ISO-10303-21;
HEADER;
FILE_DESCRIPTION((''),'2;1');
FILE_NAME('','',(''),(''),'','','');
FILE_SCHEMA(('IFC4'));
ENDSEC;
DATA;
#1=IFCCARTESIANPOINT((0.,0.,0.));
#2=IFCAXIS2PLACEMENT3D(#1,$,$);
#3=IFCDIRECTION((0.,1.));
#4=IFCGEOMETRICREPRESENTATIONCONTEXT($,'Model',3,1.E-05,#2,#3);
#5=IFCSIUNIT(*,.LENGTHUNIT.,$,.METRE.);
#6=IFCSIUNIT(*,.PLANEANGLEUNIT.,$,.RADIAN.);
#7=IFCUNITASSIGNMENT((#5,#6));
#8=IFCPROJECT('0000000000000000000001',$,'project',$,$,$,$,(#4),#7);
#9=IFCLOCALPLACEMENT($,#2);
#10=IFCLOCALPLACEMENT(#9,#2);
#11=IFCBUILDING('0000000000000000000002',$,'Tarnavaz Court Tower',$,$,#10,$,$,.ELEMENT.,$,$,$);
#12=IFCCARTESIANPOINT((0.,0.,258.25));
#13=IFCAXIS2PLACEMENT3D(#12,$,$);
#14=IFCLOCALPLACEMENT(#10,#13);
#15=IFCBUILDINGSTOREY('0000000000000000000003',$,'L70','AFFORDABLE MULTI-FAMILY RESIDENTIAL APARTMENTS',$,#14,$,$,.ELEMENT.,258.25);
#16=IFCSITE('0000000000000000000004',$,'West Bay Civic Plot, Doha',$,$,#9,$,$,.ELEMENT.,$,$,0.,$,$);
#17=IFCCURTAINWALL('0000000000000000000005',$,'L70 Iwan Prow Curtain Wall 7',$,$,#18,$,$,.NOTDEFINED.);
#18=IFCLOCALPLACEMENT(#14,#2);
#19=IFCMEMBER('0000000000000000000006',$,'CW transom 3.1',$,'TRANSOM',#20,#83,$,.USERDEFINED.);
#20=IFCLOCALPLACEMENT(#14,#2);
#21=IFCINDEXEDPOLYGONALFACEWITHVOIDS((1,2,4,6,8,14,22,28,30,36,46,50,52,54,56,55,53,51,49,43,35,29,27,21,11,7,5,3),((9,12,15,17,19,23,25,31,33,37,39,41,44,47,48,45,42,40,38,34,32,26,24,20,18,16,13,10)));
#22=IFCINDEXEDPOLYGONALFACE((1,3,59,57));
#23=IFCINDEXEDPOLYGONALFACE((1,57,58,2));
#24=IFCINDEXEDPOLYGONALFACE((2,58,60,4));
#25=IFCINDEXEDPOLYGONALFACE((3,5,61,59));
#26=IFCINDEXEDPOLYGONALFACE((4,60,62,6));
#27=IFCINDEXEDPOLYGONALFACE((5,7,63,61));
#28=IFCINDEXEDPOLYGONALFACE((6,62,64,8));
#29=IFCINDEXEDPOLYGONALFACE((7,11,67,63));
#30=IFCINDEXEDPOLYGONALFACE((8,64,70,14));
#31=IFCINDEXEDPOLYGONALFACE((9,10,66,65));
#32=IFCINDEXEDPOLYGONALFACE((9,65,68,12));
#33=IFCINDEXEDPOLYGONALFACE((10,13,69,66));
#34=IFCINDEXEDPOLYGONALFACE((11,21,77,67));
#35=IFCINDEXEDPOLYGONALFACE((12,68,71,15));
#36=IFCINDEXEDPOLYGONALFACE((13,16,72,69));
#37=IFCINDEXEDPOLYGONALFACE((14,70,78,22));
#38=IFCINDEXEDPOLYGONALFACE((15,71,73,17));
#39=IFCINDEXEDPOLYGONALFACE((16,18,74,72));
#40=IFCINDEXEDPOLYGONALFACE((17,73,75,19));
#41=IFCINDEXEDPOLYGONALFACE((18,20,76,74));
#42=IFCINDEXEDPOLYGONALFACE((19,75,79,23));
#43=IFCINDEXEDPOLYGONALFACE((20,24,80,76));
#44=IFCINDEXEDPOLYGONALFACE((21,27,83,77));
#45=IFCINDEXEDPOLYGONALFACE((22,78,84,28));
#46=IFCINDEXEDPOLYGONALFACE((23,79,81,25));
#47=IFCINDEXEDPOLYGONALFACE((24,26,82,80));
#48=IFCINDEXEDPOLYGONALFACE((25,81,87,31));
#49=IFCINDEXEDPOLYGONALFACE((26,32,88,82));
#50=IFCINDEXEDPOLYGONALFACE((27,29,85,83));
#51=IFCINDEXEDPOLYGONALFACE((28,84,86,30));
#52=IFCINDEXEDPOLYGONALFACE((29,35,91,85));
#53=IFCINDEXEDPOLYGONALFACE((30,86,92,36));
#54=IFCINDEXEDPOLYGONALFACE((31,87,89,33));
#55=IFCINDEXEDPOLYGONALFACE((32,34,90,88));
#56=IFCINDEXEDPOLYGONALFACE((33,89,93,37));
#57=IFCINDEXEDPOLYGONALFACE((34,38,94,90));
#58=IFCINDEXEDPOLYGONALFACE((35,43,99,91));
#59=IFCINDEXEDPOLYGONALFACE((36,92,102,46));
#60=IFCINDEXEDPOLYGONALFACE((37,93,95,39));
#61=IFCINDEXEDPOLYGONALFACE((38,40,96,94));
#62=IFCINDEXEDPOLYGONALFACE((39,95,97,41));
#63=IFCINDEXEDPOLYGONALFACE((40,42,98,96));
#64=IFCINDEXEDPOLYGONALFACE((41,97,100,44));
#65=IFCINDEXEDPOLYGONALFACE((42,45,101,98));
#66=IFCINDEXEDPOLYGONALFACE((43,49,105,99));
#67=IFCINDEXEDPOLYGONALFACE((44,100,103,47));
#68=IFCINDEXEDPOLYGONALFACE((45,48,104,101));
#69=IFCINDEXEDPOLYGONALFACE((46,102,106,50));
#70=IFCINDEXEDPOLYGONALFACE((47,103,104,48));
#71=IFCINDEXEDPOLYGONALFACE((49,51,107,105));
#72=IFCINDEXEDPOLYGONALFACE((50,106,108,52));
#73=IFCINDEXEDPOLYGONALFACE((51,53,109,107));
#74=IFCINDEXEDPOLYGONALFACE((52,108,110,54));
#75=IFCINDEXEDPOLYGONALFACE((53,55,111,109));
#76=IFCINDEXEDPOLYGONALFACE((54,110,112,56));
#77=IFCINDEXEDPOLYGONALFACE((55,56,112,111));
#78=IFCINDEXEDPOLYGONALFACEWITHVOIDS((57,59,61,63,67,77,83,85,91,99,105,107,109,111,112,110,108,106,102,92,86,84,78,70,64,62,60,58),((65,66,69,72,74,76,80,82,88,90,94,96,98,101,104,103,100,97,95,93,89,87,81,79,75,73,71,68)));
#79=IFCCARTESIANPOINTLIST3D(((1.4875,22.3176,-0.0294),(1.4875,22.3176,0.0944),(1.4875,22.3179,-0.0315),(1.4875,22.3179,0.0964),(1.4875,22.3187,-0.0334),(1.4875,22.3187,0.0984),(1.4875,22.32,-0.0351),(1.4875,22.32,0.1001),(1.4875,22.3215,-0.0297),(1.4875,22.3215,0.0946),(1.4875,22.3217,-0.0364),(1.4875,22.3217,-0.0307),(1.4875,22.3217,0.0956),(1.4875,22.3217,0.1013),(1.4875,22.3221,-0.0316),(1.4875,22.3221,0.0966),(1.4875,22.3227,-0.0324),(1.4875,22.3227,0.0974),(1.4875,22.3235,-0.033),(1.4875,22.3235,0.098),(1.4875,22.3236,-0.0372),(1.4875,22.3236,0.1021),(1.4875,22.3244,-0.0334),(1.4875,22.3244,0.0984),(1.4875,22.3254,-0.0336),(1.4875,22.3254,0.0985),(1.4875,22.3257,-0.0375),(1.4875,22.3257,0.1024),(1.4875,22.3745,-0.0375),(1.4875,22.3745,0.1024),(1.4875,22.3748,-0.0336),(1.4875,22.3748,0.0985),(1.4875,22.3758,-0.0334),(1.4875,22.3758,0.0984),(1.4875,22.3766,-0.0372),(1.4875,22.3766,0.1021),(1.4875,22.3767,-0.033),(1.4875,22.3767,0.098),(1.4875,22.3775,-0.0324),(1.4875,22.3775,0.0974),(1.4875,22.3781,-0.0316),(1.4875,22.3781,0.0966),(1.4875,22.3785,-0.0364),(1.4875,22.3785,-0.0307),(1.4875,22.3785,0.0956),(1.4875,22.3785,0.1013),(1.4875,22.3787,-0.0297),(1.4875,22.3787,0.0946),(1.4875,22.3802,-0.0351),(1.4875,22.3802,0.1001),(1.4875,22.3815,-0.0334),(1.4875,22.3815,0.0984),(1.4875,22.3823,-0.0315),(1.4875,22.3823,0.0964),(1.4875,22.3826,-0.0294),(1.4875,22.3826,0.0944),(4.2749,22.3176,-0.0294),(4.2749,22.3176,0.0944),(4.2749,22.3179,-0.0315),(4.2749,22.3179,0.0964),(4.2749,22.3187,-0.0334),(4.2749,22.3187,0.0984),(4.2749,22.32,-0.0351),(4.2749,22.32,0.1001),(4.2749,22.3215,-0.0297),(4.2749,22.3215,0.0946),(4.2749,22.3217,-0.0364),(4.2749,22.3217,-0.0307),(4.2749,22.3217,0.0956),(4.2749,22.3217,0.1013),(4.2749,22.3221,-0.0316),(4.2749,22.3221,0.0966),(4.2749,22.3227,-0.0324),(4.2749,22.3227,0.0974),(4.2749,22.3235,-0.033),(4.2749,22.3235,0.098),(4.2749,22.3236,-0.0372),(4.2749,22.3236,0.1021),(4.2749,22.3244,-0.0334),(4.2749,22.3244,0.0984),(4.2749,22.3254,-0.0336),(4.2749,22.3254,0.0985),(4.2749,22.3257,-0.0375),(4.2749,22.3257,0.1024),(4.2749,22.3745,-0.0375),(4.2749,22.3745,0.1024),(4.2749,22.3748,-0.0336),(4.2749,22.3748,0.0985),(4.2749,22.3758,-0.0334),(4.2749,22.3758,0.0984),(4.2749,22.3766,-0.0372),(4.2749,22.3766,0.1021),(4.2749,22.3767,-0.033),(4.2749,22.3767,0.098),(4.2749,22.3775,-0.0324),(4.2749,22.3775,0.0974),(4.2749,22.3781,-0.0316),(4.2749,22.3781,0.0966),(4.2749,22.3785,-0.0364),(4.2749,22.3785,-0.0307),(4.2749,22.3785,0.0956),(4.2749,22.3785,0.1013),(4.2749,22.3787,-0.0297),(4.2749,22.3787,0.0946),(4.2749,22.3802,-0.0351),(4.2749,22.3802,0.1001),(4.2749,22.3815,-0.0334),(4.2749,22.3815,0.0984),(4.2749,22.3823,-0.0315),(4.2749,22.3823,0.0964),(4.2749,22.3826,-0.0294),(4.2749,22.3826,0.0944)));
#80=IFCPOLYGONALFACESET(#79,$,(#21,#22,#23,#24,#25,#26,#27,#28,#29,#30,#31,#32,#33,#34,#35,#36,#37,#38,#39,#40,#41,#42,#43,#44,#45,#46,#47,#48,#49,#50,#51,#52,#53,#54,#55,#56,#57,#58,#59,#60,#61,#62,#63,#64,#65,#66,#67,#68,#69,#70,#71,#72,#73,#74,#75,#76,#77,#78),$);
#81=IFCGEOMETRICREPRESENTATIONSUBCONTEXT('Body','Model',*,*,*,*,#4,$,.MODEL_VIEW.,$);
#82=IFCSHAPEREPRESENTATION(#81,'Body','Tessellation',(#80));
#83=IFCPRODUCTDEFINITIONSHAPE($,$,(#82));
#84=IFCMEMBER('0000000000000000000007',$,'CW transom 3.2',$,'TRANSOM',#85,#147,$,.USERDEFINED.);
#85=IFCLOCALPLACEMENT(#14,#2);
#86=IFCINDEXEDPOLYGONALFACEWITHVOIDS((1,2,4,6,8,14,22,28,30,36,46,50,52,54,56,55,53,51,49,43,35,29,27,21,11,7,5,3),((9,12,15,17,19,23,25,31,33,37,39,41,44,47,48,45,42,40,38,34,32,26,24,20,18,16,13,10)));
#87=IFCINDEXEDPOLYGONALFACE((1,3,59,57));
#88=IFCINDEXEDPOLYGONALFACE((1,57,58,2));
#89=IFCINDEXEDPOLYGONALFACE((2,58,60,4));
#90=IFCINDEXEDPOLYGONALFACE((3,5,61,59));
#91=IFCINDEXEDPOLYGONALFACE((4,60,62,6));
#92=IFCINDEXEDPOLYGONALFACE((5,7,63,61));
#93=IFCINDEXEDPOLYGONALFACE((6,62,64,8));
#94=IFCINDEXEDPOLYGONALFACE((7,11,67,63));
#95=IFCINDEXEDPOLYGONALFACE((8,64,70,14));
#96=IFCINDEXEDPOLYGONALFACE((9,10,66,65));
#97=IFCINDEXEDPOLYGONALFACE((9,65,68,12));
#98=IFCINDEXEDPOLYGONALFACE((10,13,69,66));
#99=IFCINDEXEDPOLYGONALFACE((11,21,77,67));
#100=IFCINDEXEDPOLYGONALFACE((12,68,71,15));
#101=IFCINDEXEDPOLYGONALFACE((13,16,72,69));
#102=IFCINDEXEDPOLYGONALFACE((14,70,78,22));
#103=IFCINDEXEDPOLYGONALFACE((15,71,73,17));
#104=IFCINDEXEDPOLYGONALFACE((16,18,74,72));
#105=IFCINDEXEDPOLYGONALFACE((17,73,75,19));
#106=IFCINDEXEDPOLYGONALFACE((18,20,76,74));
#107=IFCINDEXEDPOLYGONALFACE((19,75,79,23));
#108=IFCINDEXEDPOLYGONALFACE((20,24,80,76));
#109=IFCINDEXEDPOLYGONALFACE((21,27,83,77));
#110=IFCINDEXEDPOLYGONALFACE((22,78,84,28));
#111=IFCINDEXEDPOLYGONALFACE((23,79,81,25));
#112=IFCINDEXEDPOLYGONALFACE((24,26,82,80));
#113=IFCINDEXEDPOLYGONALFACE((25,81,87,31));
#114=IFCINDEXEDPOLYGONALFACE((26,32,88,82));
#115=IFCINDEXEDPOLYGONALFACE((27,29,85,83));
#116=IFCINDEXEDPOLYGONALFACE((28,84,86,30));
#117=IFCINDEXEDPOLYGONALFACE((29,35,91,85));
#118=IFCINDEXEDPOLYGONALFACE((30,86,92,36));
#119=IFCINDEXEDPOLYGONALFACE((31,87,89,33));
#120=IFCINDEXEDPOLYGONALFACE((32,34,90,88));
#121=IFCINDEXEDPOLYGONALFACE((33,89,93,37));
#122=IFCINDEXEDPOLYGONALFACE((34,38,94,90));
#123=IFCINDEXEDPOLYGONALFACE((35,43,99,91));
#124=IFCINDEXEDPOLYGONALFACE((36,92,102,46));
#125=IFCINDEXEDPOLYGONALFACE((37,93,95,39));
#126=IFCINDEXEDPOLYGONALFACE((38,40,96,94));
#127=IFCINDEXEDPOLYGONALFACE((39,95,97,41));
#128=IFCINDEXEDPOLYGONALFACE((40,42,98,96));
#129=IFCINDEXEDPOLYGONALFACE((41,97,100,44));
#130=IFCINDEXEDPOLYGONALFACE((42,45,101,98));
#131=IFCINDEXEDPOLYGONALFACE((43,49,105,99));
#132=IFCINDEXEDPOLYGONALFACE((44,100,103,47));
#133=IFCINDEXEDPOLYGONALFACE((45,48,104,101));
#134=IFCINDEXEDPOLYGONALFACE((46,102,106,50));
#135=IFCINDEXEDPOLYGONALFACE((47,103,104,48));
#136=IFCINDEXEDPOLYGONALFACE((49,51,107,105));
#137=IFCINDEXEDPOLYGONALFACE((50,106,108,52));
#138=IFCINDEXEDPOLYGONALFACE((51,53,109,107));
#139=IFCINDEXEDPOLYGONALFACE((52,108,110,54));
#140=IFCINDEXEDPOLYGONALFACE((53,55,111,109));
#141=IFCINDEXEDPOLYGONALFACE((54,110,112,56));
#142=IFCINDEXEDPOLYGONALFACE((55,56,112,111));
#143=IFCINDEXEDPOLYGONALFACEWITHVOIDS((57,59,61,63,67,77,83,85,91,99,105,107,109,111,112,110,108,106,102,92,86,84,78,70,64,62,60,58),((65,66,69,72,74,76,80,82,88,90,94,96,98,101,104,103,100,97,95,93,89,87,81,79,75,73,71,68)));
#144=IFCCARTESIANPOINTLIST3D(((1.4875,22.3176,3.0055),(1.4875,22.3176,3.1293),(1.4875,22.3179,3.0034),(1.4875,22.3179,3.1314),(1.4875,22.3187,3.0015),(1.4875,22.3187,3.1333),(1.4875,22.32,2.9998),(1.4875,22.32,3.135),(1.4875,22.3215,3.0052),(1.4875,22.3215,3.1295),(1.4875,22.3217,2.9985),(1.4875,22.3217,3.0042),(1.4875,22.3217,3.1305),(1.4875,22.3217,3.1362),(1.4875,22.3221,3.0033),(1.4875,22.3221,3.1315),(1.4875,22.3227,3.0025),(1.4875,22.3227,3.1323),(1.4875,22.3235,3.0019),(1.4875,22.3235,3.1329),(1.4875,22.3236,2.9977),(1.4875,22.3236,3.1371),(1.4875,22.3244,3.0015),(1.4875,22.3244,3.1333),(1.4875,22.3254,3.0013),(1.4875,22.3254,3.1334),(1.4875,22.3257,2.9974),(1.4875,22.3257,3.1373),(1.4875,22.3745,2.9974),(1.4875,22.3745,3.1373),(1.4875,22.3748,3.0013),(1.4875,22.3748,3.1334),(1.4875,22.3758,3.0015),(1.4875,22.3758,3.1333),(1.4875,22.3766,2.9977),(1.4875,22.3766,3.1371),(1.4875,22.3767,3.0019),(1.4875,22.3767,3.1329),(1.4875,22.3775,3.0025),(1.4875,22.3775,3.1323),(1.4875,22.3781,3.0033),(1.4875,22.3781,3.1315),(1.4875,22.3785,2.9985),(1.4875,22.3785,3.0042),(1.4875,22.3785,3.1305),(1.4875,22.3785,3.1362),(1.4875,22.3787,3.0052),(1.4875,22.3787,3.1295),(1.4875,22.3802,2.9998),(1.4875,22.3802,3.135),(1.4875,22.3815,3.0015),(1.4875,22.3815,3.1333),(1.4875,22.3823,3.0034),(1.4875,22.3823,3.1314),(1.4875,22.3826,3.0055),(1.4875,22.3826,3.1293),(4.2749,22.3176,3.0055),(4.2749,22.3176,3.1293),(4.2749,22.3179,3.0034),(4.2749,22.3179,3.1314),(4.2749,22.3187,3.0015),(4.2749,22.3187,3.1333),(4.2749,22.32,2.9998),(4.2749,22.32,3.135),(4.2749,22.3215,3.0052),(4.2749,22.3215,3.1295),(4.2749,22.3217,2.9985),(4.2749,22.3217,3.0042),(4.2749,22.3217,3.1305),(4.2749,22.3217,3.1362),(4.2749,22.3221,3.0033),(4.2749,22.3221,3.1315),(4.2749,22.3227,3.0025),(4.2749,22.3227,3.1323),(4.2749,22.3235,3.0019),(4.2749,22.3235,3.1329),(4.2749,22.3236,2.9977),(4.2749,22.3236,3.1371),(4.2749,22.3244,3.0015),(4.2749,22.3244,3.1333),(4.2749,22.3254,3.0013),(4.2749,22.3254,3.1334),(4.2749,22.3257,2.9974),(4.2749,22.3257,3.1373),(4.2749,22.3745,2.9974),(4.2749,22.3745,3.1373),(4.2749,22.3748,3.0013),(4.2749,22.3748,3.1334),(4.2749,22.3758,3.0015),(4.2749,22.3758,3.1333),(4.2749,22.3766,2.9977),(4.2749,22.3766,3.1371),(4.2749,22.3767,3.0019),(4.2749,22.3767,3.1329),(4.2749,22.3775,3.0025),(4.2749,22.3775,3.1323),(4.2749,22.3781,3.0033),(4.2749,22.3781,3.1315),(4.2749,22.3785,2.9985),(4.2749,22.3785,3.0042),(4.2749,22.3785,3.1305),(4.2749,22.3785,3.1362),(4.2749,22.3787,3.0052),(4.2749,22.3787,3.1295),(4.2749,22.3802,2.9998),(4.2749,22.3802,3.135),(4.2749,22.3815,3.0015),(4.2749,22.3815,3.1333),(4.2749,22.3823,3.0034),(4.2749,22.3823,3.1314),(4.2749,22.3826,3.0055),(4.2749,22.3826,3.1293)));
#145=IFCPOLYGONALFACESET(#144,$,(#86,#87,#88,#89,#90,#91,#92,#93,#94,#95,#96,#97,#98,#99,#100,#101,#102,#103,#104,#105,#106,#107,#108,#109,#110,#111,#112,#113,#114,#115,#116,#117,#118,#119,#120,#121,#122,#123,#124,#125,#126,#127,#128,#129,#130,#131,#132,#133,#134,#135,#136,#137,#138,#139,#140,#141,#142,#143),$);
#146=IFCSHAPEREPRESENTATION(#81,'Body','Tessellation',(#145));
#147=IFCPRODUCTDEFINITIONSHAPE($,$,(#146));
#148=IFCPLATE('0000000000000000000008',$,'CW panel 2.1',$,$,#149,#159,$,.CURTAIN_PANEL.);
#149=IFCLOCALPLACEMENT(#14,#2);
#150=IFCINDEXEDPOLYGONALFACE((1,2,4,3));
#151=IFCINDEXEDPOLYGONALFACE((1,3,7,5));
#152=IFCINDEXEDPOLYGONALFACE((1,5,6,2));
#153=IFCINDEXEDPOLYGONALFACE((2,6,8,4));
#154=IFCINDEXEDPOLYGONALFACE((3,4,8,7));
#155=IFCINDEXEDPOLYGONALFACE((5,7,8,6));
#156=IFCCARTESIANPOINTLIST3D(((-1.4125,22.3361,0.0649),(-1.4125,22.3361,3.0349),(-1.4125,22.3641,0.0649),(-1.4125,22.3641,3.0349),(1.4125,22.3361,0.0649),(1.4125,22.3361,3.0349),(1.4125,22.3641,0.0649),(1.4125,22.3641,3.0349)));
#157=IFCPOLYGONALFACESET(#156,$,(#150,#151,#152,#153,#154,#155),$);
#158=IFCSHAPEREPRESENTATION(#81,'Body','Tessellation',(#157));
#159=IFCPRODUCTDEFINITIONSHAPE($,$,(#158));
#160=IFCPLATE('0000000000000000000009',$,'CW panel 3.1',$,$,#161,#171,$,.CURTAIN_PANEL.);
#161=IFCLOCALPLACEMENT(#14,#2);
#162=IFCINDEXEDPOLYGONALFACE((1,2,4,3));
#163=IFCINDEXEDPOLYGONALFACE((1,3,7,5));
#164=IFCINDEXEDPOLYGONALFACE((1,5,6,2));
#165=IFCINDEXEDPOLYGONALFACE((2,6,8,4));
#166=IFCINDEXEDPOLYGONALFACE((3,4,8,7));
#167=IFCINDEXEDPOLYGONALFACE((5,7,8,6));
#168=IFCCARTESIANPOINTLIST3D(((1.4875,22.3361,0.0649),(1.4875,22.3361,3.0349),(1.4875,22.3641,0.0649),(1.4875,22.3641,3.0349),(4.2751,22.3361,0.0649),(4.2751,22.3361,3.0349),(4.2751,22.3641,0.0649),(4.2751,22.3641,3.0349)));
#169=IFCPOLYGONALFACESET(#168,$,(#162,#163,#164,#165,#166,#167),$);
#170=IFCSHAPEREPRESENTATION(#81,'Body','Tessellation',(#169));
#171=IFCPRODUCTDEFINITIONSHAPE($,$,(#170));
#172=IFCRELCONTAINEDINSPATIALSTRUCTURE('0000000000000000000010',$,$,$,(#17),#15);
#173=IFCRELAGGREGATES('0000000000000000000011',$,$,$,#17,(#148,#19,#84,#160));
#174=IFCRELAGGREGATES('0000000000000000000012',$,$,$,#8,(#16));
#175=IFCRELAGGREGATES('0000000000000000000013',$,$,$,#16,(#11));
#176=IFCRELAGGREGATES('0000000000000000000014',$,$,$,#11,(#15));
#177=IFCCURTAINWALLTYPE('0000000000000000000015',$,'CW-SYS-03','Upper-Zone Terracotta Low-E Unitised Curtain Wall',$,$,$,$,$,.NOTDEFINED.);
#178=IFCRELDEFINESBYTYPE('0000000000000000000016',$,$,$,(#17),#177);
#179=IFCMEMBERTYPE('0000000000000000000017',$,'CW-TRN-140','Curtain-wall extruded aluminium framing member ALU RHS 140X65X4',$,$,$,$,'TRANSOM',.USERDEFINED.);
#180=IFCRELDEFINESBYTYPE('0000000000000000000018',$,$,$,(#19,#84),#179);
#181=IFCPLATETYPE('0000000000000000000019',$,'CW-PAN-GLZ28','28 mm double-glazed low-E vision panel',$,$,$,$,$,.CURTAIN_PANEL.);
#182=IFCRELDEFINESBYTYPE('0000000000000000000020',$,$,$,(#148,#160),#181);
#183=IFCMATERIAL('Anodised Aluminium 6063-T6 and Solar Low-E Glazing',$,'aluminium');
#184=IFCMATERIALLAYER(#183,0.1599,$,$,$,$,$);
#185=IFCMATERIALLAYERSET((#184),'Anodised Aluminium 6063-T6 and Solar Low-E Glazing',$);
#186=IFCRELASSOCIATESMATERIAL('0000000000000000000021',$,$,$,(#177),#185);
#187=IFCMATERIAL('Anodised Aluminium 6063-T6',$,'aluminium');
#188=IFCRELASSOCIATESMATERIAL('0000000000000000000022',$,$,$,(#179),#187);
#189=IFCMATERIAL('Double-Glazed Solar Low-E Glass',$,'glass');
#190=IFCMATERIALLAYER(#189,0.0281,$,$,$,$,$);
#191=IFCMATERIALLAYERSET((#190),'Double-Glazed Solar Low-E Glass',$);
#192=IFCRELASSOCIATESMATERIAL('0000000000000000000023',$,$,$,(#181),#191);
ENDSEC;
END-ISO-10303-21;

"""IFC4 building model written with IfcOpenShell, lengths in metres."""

from ifc_helpers import new_model, si_unit, direction, frame, origin, origin_2d, place, context, subcontext, project, spatial, rectangle, hollow_rectangle, extrude, material, layer, layer_set, material_profile, profile_set, type_object, element, aggregate, save


model = new_model("IFC4")

# Units and contexts
model_context = context("Model", 3, precision=1e-05, world=origin(), true_north=direction((0.0, 1.0)))
body_context = subcontext(model_context, "Body", "Model", "MODEL_VIEW")
ifc_project = project(units=[si_unit("LENGTHUNIT", "METRE"), si_unit("PLANEANGLEUNIT", "RADIAN")], contexts=[model_context])

# Site, building, storey
site_placement = place(None, origin())
site = spatial("IfcSite", under=ifc_project, at=site_placement, Name="West Bay Civic Plot, Doha", CompositionType="ELEMENT", RefElevation=0.0)
building_placement = place(site_placement, origin())
building = spatial("IfcBuilding", under=site, at=building_placement, Name="Tarnavaz Court Tower", CompositionType="ELEMENT")
storey_placement = place(building_placement, frame((0.0, 0.0, 258.25)))
storey = spatial("IfcBuildingStorey", under=building, at=storey_placement, Name="L70", Description="AFFORDABLE MULTI-FAMILY RESIDENTIAL APARTMENTS", CompositionType="ELEMENT", Elevation=258.25)

# Curtain wall, members, plates
ifc_material_1 = material(Name="Anodised Aluminium 6063-T6 and Solar Low-E Glazing", Category="aluminium")
ifc_layer_1 = layer(ifc_material_1, 0.1599)
ifc_layer_set_1 = layer_set([ifc_layer_1], Name="Anodised Aluminium 6063-T6 and Solar Low-E Glazing")
curtain_wall_type = type_object("IfcCurtainWallType", Name="CW-SYS-03", Description="Upper-Zone Terracotta Low-E Unitised Curtain Wall", PredefinedType="NOTDEFINED", material=ifc_layer_set_1)
curtain_wall_placement = place(storey_placement, origin())
curtain_wall = element("IfcCurtainWall", 1, at=curtain_wall_placement, inside=storey, type_object=curtain_wall_type, Name="L70 Iwan Prow Curtain Wall 7", PredefinedType="NOTDEFINED")
ifc_material_2 = material(Name="Anodised Aluminium 6063-T6", Category="aluminium")
ifc_material_profile_1 = material_profile(ifc_material_2, hollow_rectangle(XDim=0.0649, YDim=0.1399, WallThickness=0.0039, InnerFilletRadius=0.0039, OuterFilletRadius=0.0081, at=origin_2d()), Name="ALU RHS 140X65X4")
ifc_profile_set_1 = profile_set([ifc_material_profile_1], Name="Anodised Aluminium 6063-T6")
member_type_1 = type_object("IfcMemberType", Name="CW-TRN-140", Description="Curtain-wall extruded aluminium framing member ALU RHS 140X65X4", ElementType="TRANSOM", PredefinedType="USERDEFINED", material=ifc_profile_set_1)
member_1_placement = place(storey_placement, frame((1.4875, 22.3501, 0.0325), z_axis=(1.0, 0.0, 0.0), x_axis=(0.0, 1.0, 0.0)))
member_1 = element("IfcMember", 2, at=member_1_placement, type_object=member_type_1, Name="CW transom 3.1", ObjectType="TRANSOM", PredefinedType="USERDEFINED", context=body_context, shape_type="SweptSolid", body=[
    extrude(hollow_rectangle(XDim=0.0649, YDim=0.1399, WallThickness=0.0039, InnerFilletRadius=0.0039, OuterFilletRadius=0.0081, at=origin_2d()), origin(), (0.0, 0.0, 1.0), 2.7874),
])
member_2_placement = place(storey_placement, frame((1.4875, 22.3501, 3.0674), z_axis=(1.0, 0.0, 0.0), x_axis=(0.0, 1.0, 0.0)))
member_2 = element("IfcMember", 3, at=member_2_placement, type_object=member_type_1, Name="CW transom 3.2", ObjectType="TRANSOM", PredefinedType="USERDEFINED", context=body_context, shape_type="SweptSolid", body=[
    extrude(hollow_rectangle(XDim=0.0649, YDim=0.1399, WallThickness=0.0039, InnerFilletRadius=0.0039, OuterFilletRadius=0.0081, at=origin_2d()), origin(), (0.0, 0.0, 1.0), 2.7874),
])
ifc_material_3 = material(Name="Double-Glazed Solar Low-E Glass", Category="glass")
ifc_layer_2 = layer(ifc_material_3, 0.0281)
ifc_layer_set_2 = layer_set([ifc_layer_2], Name="Double-Glazed Solar Low-E Glass")
plate_type = type_object("IfcPlateType", Name="CW-PAN-GLZ28", Description="28 mm double-glazed low-E vision panel", PredefinedType="CURTAIN_PANEL", material=ifc_layer_set_2)
plate_1_placement = place(storey_placement, frame((0.0, 22.3501, 0.0649), z_axis=(0.0, 0.0, 1.0), x_axis=(1.0, 0.0, 0.0)))
plate_1 = element("IfcPlate", 4, at=plate_1_placement, type_object=plate_type, Name="CW panel 2.1", PredefinedType="CURTAIN_PANEL", context=body_context, shape_type="SweptSolid", body=[
    extrude(rectangle(XDim=2.825, YDim=0.0281, at=origin_2d()), origin(), (0.0, 0.0, 1.0), 2.97),
])
plate_2_placement = place(storey_placement, frame((2.8813, 22.3501, 0.0649), z_axis=(0.0, 0.0, 1.0), x_axis=(1.0, 0.0, 0.0)))
plate_2 = element("IfcPlate", 5, at=plate_2_placement, type_object=plate_type, Name="CW panel 3.1", PredefinedType="CURTAIN_PANEL", context=body_context, shape_type="SweptSolid", body=[
    extrude(rectangle(XDim=2.7876, YDim=0.0281, at=origin_2d()), origin(), (0.0, 0.0, 1.0), 2.97),
])
aggregate(curtain_wall, [plate_1, member_1, member_2, plate_2])

save(model, "model.ifc")
